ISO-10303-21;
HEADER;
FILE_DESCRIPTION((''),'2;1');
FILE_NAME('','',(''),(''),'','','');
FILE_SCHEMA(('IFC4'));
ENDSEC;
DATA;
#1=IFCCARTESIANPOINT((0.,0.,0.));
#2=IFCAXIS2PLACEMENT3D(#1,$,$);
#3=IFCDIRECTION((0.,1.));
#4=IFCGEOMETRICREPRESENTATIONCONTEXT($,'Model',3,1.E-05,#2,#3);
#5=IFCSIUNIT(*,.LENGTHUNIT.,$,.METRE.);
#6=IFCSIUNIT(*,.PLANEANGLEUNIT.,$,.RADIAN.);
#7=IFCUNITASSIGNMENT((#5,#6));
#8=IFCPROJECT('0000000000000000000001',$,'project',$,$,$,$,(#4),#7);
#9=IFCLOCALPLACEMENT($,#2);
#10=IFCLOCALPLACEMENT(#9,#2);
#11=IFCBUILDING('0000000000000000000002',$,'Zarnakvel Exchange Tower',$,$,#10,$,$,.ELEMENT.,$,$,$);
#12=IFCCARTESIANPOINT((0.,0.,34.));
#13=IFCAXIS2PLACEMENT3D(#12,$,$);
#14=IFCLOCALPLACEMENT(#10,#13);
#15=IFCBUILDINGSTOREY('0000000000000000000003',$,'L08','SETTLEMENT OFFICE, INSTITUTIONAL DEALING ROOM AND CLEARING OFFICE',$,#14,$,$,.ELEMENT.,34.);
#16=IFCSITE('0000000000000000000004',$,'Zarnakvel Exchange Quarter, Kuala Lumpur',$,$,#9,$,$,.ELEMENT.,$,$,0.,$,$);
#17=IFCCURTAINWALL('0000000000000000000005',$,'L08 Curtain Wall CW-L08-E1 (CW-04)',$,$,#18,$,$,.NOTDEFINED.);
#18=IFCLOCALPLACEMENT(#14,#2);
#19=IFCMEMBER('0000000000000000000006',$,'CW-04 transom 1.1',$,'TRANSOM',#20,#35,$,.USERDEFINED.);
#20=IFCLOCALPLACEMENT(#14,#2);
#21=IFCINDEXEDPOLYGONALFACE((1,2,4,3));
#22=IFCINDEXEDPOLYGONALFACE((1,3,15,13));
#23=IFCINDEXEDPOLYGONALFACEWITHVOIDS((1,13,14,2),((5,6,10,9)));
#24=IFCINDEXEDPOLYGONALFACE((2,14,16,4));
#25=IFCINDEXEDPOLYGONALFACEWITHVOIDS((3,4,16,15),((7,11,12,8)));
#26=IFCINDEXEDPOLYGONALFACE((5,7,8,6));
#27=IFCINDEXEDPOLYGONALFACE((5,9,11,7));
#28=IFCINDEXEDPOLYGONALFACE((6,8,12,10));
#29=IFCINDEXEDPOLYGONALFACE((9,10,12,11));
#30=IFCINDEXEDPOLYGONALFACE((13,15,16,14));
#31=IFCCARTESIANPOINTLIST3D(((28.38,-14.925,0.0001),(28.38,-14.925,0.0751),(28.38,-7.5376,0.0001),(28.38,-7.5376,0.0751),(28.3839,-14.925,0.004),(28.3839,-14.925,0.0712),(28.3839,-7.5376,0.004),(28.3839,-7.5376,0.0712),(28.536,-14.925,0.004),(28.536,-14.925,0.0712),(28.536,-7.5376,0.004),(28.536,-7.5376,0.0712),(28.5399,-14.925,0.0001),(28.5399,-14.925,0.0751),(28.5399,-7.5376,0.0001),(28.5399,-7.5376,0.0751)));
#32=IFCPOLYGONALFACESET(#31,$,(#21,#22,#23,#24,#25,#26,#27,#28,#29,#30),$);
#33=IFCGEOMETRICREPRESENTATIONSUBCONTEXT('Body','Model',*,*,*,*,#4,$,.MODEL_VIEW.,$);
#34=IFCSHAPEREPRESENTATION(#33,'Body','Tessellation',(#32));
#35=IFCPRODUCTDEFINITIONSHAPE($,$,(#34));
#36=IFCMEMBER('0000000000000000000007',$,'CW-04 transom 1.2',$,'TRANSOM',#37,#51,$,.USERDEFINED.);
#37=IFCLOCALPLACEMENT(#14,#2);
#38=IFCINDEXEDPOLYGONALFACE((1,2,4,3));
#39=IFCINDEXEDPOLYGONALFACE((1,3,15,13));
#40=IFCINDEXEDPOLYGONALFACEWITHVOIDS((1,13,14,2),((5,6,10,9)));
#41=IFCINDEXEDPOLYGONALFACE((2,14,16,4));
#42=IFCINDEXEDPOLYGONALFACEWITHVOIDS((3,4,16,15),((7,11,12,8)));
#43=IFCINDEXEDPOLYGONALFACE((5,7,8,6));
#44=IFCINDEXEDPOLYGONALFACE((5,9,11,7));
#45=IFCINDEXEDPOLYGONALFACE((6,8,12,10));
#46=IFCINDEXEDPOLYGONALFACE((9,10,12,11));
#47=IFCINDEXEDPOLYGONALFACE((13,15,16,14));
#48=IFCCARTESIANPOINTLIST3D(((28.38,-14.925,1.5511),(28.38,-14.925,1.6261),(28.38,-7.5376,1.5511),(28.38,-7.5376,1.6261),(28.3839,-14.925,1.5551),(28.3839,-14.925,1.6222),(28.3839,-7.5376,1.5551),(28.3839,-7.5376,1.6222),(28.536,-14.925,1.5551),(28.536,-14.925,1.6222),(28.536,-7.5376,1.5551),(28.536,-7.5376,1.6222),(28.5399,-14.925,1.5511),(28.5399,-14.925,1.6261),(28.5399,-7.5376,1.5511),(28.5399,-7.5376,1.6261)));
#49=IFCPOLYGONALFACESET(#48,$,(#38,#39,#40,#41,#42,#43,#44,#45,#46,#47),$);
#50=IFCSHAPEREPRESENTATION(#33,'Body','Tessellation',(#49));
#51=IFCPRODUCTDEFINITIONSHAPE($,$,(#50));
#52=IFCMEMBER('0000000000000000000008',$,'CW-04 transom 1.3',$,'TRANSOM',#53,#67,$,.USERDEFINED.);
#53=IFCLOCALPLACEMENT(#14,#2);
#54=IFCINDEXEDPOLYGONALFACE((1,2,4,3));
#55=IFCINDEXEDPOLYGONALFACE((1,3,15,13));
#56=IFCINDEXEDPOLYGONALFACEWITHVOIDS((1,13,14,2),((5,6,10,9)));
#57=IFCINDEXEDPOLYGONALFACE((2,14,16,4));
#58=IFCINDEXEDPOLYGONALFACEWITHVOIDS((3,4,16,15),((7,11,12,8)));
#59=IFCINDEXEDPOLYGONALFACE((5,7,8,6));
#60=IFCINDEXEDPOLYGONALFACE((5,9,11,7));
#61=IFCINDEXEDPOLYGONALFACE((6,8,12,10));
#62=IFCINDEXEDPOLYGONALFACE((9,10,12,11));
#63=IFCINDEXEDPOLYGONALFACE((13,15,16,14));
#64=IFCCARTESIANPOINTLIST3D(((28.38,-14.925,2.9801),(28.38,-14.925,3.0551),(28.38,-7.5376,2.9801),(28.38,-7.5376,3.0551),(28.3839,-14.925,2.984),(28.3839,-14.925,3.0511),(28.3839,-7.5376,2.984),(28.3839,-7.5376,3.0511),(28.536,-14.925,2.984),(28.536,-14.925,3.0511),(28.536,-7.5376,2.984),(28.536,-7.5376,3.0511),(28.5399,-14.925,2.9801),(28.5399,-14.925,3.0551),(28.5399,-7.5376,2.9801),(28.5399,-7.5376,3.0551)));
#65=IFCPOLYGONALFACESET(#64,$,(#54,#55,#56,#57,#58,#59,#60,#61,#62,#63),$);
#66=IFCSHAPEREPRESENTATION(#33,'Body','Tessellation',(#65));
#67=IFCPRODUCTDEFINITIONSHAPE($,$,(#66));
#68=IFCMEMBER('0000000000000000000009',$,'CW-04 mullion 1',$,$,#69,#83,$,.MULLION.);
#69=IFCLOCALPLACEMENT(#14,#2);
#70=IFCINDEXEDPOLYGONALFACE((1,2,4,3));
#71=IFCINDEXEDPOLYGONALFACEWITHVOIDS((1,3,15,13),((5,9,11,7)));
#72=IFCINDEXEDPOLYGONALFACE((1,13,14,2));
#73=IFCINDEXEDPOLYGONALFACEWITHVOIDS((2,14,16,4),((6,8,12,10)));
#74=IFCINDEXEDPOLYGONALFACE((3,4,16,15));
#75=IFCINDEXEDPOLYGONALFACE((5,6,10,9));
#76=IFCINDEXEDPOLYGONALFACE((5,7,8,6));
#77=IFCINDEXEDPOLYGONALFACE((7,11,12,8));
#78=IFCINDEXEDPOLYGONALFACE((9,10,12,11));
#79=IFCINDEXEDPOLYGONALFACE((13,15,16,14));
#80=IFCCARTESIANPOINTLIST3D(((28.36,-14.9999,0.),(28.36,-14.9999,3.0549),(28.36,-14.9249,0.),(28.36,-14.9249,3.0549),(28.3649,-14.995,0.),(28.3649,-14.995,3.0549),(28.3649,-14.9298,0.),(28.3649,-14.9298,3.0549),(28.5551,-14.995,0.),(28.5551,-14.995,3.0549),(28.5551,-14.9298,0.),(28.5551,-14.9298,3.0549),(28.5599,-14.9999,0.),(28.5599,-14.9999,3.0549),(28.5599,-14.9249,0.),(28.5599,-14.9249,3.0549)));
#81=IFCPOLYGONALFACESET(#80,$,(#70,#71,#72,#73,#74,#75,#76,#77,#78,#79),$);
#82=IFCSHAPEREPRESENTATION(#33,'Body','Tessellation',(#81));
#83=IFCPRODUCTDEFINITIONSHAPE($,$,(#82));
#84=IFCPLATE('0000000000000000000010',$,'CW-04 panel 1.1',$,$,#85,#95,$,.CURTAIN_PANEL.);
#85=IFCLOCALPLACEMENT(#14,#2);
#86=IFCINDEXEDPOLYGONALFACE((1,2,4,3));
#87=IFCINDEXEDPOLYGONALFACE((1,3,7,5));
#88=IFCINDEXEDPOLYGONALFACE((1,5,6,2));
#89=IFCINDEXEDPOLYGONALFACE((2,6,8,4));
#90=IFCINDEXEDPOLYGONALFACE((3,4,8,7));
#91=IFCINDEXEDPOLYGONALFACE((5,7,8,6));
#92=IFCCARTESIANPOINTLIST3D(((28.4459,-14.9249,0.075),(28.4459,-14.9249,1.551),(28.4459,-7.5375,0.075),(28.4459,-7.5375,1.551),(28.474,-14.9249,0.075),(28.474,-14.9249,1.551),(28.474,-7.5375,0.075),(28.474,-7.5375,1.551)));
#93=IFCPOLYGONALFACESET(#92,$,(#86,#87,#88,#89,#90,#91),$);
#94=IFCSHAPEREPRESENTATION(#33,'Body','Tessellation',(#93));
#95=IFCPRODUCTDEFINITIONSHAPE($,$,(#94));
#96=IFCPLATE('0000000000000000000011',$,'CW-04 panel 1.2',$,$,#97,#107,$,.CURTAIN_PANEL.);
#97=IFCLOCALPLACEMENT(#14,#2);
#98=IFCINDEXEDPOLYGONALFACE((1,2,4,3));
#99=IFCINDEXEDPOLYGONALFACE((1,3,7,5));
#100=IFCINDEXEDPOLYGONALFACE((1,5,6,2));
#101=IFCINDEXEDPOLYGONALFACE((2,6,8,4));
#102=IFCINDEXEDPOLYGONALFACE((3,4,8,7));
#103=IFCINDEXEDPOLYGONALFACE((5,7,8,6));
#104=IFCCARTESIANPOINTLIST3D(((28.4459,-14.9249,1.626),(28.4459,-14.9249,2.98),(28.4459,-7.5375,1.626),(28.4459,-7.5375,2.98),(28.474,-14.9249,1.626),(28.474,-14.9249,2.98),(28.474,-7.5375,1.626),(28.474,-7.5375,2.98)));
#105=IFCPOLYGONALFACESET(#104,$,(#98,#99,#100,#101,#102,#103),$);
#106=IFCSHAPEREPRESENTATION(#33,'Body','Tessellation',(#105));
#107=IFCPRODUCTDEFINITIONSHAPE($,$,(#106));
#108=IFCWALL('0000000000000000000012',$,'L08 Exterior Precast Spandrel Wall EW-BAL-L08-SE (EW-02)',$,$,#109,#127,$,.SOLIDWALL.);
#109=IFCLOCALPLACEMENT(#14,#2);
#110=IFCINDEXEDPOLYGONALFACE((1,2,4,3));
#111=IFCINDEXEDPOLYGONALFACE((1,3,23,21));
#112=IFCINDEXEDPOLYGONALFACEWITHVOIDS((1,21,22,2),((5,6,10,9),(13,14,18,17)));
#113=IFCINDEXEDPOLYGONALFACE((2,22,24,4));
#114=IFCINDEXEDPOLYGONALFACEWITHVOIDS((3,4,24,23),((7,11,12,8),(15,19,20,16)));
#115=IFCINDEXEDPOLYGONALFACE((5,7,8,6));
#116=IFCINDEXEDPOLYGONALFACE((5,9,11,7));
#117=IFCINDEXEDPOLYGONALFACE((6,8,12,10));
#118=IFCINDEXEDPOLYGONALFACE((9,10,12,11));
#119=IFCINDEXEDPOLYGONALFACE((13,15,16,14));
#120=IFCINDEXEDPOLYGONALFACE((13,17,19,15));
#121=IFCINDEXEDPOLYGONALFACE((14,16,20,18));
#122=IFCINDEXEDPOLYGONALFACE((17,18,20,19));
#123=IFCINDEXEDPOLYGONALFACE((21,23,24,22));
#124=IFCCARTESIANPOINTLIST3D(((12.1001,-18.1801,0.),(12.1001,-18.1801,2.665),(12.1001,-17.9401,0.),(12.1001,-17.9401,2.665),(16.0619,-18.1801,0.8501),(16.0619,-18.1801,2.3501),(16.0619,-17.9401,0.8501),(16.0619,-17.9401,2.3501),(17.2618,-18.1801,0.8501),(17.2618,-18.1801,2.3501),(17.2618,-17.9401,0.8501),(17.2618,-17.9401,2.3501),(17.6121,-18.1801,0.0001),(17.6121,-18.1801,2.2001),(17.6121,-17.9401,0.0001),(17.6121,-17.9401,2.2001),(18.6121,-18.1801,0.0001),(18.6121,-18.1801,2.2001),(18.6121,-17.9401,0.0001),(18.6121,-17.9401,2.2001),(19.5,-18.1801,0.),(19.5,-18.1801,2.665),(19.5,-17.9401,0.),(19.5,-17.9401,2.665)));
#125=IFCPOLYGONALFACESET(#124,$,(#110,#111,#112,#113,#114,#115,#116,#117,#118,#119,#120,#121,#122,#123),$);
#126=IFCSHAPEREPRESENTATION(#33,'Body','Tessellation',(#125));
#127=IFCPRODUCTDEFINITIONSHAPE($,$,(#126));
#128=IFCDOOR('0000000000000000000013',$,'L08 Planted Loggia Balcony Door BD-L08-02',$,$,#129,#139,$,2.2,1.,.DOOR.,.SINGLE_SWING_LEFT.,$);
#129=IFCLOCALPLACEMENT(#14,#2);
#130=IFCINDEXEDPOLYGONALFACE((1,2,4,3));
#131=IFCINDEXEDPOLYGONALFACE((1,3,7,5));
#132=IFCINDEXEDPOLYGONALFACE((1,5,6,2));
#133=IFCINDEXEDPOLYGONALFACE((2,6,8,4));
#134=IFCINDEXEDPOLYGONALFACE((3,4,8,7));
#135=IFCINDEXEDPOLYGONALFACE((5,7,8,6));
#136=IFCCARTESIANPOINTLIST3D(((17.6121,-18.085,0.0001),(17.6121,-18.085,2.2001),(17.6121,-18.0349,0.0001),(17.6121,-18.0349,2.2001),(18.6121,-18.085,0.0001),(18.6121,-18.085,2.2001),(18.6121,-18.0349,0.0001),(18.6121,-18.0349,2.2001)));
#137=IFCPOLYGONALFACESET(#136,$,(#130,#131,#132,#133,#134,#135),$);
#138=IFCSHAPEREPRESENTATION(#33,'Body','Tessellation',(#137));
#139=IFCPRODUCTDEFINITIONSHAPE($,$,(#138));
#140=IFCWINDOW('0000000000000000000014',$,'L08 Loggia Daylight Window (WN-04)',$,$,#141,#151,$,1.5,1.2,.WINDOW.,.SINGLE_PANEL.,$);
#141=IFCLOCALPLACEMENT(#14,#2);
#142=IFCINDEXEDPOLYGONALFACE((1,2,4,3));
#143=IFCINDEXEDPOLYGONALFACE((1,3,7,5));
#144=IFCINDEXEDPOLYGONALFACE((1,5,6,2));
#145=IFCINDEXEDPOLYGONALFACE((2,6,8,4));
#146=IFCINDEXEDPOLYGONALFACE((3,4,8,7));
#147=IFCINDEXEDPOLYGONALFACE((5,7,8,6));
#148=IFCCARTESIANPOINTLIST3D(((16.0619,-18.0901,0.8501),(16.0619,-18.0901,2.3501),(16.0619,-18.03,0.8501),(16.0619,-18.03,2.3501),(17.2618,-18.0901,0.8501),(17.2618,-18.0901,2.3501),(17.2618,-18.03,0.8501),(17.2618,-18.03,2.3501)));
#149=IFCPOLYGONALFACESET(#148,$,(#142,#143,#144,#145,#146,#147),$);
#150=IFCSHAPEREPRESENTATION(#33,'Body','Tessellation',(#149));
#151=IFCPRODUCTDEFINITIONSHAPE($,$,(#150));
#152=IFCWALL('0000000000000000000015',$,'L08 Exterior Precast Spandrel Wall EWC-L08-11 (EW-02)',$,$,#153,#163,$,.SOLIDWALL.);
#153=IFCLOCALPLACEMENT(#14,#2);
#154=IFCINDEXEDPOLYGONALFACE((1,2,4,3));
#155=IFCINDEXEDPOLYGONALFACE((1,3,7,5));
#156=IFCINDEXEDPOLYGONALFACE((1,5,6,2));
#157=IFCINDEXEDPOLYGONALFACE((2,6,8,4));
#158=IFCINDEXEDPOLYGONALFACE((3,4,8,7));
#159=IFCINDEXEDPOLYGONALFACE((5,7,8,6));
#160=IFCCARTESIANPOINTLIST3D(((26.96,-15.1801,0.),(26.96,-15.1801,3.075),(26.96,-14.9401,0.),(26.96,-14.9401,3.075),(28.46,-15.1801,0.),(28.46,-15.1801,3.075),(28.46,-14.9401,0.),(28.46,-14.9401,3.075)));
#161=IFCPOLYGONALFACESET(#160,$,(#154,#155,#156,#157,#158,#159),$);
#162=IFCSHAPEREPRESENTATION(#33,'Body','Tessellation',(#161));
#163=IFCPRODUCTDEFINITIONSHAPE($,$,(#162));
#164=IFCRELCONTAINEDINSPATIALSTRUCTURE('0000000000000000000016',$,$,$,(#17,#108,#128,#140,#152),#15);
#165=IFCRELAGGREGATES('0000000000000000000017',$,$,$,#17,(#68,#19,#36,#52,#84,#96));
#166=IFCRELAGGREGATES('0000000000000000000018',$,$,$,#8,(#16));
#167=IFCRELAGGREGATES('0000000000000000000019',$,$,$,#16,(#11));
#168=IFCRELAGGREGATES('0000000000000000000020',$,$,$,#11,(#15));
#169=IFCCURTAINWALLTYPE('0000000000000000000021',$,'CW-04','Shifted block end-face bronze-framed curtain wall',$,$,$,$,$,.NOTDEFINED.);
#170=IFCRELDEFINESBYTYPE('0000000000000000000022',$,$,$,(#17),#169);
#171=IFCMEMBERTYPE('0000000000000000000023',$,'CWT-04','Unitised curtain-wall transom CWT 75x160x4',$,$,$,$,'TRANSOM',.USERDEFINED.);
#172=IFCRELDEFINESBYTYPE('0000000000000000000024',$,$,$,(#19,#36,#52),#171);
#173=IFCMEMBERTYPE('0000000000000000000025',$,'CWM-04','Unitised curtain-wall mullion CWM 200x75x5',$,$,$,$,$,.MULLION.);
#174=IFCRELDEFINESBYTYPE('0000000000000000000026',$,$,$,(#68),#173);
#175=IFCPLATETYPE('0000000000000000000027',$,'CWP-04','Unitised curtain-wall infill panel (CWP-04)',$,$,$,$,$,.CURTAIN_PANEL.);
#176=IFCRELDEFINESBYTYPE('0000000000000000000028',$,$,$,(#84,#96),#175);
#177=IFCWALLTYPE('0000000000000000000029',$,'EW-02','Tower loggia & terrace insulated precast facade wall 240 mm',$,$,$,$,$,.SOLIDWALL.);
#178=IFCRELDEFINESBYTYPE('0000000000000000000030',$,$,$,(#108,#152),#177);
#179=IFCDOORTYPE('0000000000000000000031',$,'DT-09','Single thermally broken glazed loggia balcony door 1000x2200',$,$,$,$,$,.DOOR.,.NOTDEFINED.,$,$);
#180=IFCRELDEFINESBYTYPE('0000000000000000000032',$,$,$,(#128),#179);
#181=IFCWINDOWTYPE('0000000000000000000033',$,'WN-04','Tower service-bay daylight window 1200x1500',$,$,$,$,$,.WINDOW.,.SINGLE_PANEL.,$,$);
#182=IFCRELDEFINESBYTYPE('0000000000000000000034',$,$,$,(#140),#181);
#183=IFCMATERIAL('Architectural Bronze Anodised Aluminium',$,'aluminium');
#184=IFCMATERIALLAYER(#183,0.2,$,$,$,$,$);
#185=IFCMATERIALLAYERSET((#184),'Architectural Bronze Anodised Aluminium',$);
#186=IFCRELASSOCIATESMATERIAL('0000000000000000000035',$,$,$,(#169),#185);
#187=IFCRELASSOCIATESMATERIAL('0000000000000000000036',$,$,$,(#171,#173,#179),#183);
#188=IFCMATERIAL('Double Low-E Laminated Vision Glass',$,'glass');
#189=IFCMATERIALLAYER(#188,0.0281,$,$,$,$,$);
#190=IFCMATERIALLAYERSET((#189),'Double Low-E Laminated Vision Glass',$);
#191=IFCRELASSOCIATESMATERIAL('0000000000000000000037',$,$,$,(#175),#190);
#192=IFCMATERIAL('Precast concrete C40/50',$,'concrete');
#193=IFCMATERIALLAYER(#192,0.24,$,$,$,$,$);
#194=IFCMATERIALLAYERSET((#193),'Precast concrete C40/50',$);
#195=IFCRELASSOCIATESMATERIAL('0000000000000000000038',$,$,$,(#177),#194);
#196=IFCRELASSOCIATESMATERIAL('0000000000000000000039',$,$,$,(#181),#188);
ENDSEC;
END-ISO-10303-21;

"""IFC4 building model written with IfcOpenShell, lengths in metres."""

from ifc_helpers import new_model, si_unit, direction, frame, frame_2d, origin, origin_2d, place, context, subcontext, project, spatial, rectangle, hollow_rectangle, extrude, source, transform, mapped, material, layer, layer_set, material_profile, profile_set, type_object, element, fill, aggregate, save


model = new_model("IFC4")

# Units and contexts
model_context = context("Model", 3, precision=1e-05, world=origin(), true_north=direction((0.0, 1.0)))
body_context = subcontext(model_context, "Body", "Model", "MODEL_VIEW")
ifc_project = project(units=[si_unit("LENGTHUNIT", "METRE"), si_unit("PLANEANGLEUNIT", "RADIAN")], contexts=[model_context])

# Site, building, storey
site_placement = place(None, origin())
site = spatial("IfcSite", under=ifc_project, at=site_placement, Name="Zarnakvel Exchange Quarter, Kuala Lumpur", CompositionType="ELEMENT", RefElevation=0.0)
building_placement = place(site_placement, origin())
building = spatial("IfcBuilding", under=site, at=building_placement, Name="Zarnakvel Exchange Tower", CompositionType="ELEMENT")
storey_placement = place(building_placement, frame((0.0, 0.0, 34.0)))
storey = spatial("IfcBuildingStorey", under=building, at=storey_placement, Name="L08", Description="SETTLEMENT OFFICE, INSTITUTIONAL DEALING ROOM AND CLEARING OFFICE", CompositionType="ELEMENT", Elevation=34.0)

# Curtain wall, members, plates
ifc_material_1 = material(Name="Architectural Bronze Anodised Aluminium", Category="aluminium")
ifc_layer_1 = layer(ifc_material_1, 0.2)
ifc_layer_set_1 = layer_set([ifc_layer_1], Name="Architectural Bronze Anodised Aluminium")
curtain_wall_type = type_object("IfcCurtainWallType", Name="CW-04", Description="Shifted block end-face bronze-framed curtain wall", PredefinedType="NOTDEFINED", material=ifc_layer_set_1)
curtain_wall_placement = place(storey_placement, origin())
curtain_wall = element("IfcCurtainWall", 1, at=curtain_wall_placement, inside=storey, type_object=curtain_wall_type, Name="L08 Curtain Wall CW-L08-E1 (CW-04)", PredefinedType="NOTDEFINED")
ifc_material_profile_1 = material_profile(ifc_material_1, hollow_rectangle(XDim=0.1599, YDim=0.075, WallThickness=0.0039, at=origin_2d()))
ifc_profile_set_1 = profile_set([ifc_material_profile_1], Name="Architectural Bronze Anodised Aluminium")
member_type_1 = type_object("IfcMemberType", Name="CWT-04", Description="Unitised curtain-wall transom CWT 75x160x4", ElementType="TRANSOM", PredefinedType="USERDEFINED", material=ifc_profile_set_1)
shared_shape_1 = source(origin(), body_context, "Body", "SweptSolid", [
    extrude(hollow_rectangle(XDim=0.1599, YDim=0.075, WallThickness=0.0039, at=origin_2d()), origin(), (0.0, 0.0, 1.0), 7.3875),
])
member_1_placement = place(storey_placement, frame((28.46, -14.925, 0.0376), z_axis=(0.0, 1.0, 0.0), x_axis=(-1.0, 0.0, 0.0)))
member_1 = element("IfcMember", 2, at=member_1_placement, type_object=member_type_1, Name="CW-04 transom 1.1", ObjectType="TRANSOM", PredefinedType="USERDEFINED", context=body_context, shape_type="MappedRepresentation", body=[
    mapped(shared_shape_1, transform((0.0, 0.0, 0.0), x_axis=(1.0, 0.0, 0.0), y_axis=(0.0, 1.0, 0.0), z_axis=(0.0, 0.0, 1.0), scale=1.0)),
])
member_2_placement = place(storey_placement, frame((28.46, -14.925, 1.5886), z_axis=(0.0, 1.0, 0.0), x_axis=(-1.0, 0.0, 0.0)))
member_2 = element("IfcMember", 3, at=member_2_placement, type_object=member_type_1, Name="CW-04 transom 1.2", ObjectType="TRANSOM", PredefinedType="USERDEFINED", context=body_context, shape_type="MappedRepresentation", body=[
    mapped(shared_shape_1, transform((0.0, 0.0, 0.0), x_axis=(1.0, 0.0, 0.0), y_axis=(0.0, 1.0, 0.0), z_axis=(0.0, 0.0, 1.0), scale=1.0)),
])
member_3_placement = place(storey_placement, frame((28.46, -14.925, 3.0176), z_axis=(0.0, 1.0, 0.0), x_axis=(-1.0, 0.0, 0.0)))
member_3 = element("IfcMember", 4, at=member_3_placement, type_object=member_type_1, Name="CW-04 transom 1.3", ObjectType="TRANSOM", PredefinedType="USERDEFINED", context=body_context, shape_type="MappedRepresentation", body=[
    mapped(shared_shape_1, transform((0.0, 0.0, 0.0), x_axis=(1.0, 0.0, 0.0), y_axis=(0.0, 1.0, 0.0), z_axis=(0.0, 0.0, 1.0), scale=1.0)),
])
ifc_material_profile_2 = material_profile(ifc_material_1, hollow_rectangle(XDim=0.2, YDim=0.075, WallThickness=0.0049, at=origin_2d()))
ifc_profile_set_2 = profile_set([ifc_material_profile_2], Name="Architectural Bronze Anodised Aluminium")
member_type_2 = type_object("IfcMemberType", Name="CWM-04", Description="Unitised curtain-wall mullion CWM 200x75x5", PredefinedType="MULLION", material=ifc_profile_set_2)
shared_shape_2 = source(origin(), body_context, "Body", "SweptSolid", [
    extrude(hollow_rectangle(XDim=0.2, YDim=0.075, WallThickness=0.0049, at=origin_2d()), origin(), (0.0, 0.0, 1.0), 3.0549),
])
member_4_placement = place(storey_placement, frame((28.46, -14.9624, 0.0), z_axis=(0.0, 0.0, 1.0), x_axis=(-1.0, 0.0, 0.0)))
member_4 = element("IfcMember", 5, at=member_4_placement, type_object=member_type_2, Name="CW-04 mullion 1", PredefinedType="MULLION", context=body_context, shape_type="MappedRepresentation", body=[
    mapped(shared_shape_2, transform((0.0, 0.0, 0.0), x_axis=(1.0, 0.0, 0.0), y_axis=(0.0, 1.0, 0.0), z_axis=(0.0, 0.0, 1.0), scale=1.0)),
])
ifc_material_2 = material(Name="Double Low-E Laminated Vision Glass", Category="glass")
ifc_layer_2 = layer(ifc_material_2, 0.0281)
ifc_layer_set_2 = layer_set([ifc_layer_2], Name="Double Low-E Laminated Vision Glass")
plate_type = type_object("IfcPlateType", Name="CWP-04", Description="Unitised curtain-wall infill panel (CWP-04)", PredefinedType="CURTAIN_PANEL", material=ifc_layer_set_2)
shared_shape_3 = source(origin(), body_context, "Body", "SweptSolid", [
    extrude(rectangle(XDim=7.3875, YDim=0.0281, at=origin_2d()), origin(), (0.0, 0.0, 1.0), 1.4761),
])
plate_1_placement = place(storey_placement, frame((28.46, -11.2312, 0.075), z_axis=(0.0, 0.0, 1.0), x_axis=(0.0, 1.0, 0.0)))
plate_1 = element("IfcPlate", 6, at=plate_1_placement, type_object=plate_type, Name="CW-04 panel 1.1", PredefinedType="CURTAIN_PANEL", context=body_context, shape_type="MappedRepresentation", body=[
    mapped(shared_shape_3, transform((0.0, 0.0, 0.0), x_axis=(1.0, 0.0, 0.0), y_axis=(0.0, 1.0, 0.0), z_axis=(0.0, 0.0, 1.0), scale=1.0)),
])
shared_shape_4 = source(origin(), body_context, "Body", "SweptSolid", [
    extrude(rectangle(XDim=7.3875, YDim=0.0281, at=origin_2d()), origin(), (0.0, 0.0, 1.0), 1.354),
])
plate_2_placement = place(storey_placement, frame((28.46, -11.2312, 1.626), z_axis=(0.0, 0.0, 1.0), x_axis=(0.0, 1.0, 0.0)))
plate_2 = element("IfcPlate", 7, at=plate_2_placement, type_object=plate_type, Name="CW-04 panel 1.2", PredefinedType="CURTAIN_PANEL", context=body_context, shape_type="MappedRepresentation", body=[
    mapped(shared_shape_4, transform((0.0, 0.0, 0.0), x_axis=(1.0, 0.0, 0.0), y_axis=(0.0, 1.0, 0.0), z_axis=(0.0, 0.0, 1.0), scale=1.0)),
])
aggregate(curtain_wall, [member_4, member_1, member_2, member_3, plate_1, plate_2])

# Wall, openings, door, window
ifc_material_3 = material(Name="Precast concrete C40/50", Category="concrete")
ifc_layer_3 = layer(ifc_material_3, 0.24)
ifc_layer_set_3 = layer_set([ifc_layer_3], Name="Precast concrete C40/50")
wall_type_1 = type_object("IfcWallType", Name="EW-02", Description="Tower loggia & terrace insulated precast facade wall 240 mm", PredefinedType="SOLIDWALL", material=ifc_layer_set_3)
wall_1_placement = place(storey_placement, frame((19.5, -18.0601, 0.0), z_axis=(0.0, 0.0, 1.0), x_axis=(-1.0, 0.0, 0.0)))
wall_1 = element("IfcWall", 8, at=wall_1_placement, inside=storey, type_object=wall_type_1, Name="L08 Exterior Precast Spandrel Wall EW-BAL-L08-SE (EW-02)", PredefinedType="SOLIDWALL", context=body_context, shape_type="SweptSolid", body=[
    extrude(rectangle(XDim=7.3999, YDim=0.24, at=frame_2d((3.7, 0.0))), origin(), (0.0, 0.0, 1.0), 2.665),
])
opening_1_placement = place(wall_1_placement, frame((0.8879, 0.0, 0.0)))
opening_1 = element("IfcOpeningElement", 9, at=opening_1_placement, cuts=wall_1, PredefinedType="OPENING", context=body_context, shape_type="SweptSolid", body=[
    extrude(rectangle(XDim=1.0, YDim=2.2, at=frame_2d((0.5, 1.1001))), frame((0.0, 0.1299, 0.0), z_axis=(0.0, -1.0, 0.0), x_axis=(1.0, 0.0, 0.0)), (0.0, 0.0, 1.0), 0.26),
])
opening_2_placement = place(wall_1_placement, frame((2.238, 0.0, 0.8501)))
opening_2 = element("IfcOpeningElement", 10, at=opening_2_placement, cuts=wall_1, PredefinedType="OPENING", context=body_context, shape_type="SweptSolid", body=[
    extrude(rectangle(XDim=1.2, YDim=1.5, at=frame_2d((0.6001, 0.75))), frame((0.0, 0.1299, 0.0), z_axis=(0.0, -1.0, 0.0), x_axis=(1.0, 0.0, 0.0)), (0.0, 0.0, 1.0), 0.26),
])
door_type_1 = type_object("IfcDoorType", Name="DT-09", Description="Single thermally broken glazed loggia balcony door 1000x2200", OperationType="NOTDEFINED", PredefinedType="DOOR", material=ifc_material_1)
shared_shape_5 = source(origin(), body_context, "Body", "SweptSolid", [
    extrude(rectangle(XDim=1.0, YDim=2.2, at=frame_2d((0.5, 1.1001))), frame((0.0, 0.0249, 0.0), z_axis=(0.0, -1.0, 0.0), x_axis=(1.0, 0.0, 0.0)), (0.0, 0.0, 1.0), 0.05),
])
door_1_placement = place(opening_1_placement, origin())
door_1 = element("IfcDoor", 11, at=door_1_placement, inside=storey, type_object=door_type_1, Name="L08 Planted Loggia Balcony Door BD-L08-02", OperationType="SINGLE_SWING_LEFT", OverallHeight=2.2, OverallWidth=1.0, PredefinedType="DOOR", context=body_context, shape_type="MappedRepresentation", body=[
    mapped(shared_shape_5, transform((0.0, 0.0, 0.0), x_axis=(1.0, 0.0, 0.0), y_axis=(0.0, 1.0, 0.0), z_axis=(0.0, 0.0, 1.0), scale=1.0)),
])
fill(opening_1, door_1)
window_type = type_object("IfcWindowType", Name="WN-04", Description="Tower service-bay daylight window 1200x1500", PartitioningType="SINGLE_PANEL", PredefinedType="WINDOW", material=ifc_material_2)
shared_shape_6 = source(origin(), body_context, "Body", "SweptSolid", [
    extrude(rectangle(XDim=1.2, YDim=1.5, at=frame_2d((0.6001, 0.75))), frame((0.0, 0.03, 0.0), z_axis=(0.0, -1.0, 0.0), x_axis=(1.0, 0.0, 0.0)), (0.0, 0.0, 1.0), 0.0601),
])
window_placement = place(opening_2_placement, origin())
window = element("IfcWindow", 12, at=window_placement, inside=storey, type_object=window_type, Name="L08 Loggia Daylight Window (WN-04)", OverallHeight=1.5, OverallWidth=1.2, PartitioningType="SINGLE_PANEL", PredefinedType="WINDOW", context=body_context, shape_type="MappedRepresentation", body=[
    mapped(shared_shape_6, transform((0.0, 0.0, 0.0), x_axis=(1.0, 0.0, 0.0), y_axis=(0.0, 1.0, 0.0), z_axis=(0.0, 0.0, 1.0), scale=1.0)),
])
fill(opening_2, window)

# Wall
for number, where, z_axis, x_axis, name in (
    (13, (26.96, -15.0601, 0.0), (0.0, 0.0, 1.0), (1.0, 0.0, 0.0), "L08 Exterior Precast Spandrel Wall EWC-L08-11 (EW-02)"),
):
    element("IfcWall", number, at=place(storey_placement, frame(where, z_axis=z_axis, x_axis=x_axis)), inside=storey, type_object=wall_type_1, Name=name, PredefinedType="SOLIDWALL", context=body_context, shape_type="SweptSolid", body=[
        extrude(rectangle(XDim=1.5, YDim=0.24, at=frame_2d((0.75, 0.0))), origin(), (0.0, 0.0, 1.0), 3.075),
    ])

save(model, "model.ifc")
